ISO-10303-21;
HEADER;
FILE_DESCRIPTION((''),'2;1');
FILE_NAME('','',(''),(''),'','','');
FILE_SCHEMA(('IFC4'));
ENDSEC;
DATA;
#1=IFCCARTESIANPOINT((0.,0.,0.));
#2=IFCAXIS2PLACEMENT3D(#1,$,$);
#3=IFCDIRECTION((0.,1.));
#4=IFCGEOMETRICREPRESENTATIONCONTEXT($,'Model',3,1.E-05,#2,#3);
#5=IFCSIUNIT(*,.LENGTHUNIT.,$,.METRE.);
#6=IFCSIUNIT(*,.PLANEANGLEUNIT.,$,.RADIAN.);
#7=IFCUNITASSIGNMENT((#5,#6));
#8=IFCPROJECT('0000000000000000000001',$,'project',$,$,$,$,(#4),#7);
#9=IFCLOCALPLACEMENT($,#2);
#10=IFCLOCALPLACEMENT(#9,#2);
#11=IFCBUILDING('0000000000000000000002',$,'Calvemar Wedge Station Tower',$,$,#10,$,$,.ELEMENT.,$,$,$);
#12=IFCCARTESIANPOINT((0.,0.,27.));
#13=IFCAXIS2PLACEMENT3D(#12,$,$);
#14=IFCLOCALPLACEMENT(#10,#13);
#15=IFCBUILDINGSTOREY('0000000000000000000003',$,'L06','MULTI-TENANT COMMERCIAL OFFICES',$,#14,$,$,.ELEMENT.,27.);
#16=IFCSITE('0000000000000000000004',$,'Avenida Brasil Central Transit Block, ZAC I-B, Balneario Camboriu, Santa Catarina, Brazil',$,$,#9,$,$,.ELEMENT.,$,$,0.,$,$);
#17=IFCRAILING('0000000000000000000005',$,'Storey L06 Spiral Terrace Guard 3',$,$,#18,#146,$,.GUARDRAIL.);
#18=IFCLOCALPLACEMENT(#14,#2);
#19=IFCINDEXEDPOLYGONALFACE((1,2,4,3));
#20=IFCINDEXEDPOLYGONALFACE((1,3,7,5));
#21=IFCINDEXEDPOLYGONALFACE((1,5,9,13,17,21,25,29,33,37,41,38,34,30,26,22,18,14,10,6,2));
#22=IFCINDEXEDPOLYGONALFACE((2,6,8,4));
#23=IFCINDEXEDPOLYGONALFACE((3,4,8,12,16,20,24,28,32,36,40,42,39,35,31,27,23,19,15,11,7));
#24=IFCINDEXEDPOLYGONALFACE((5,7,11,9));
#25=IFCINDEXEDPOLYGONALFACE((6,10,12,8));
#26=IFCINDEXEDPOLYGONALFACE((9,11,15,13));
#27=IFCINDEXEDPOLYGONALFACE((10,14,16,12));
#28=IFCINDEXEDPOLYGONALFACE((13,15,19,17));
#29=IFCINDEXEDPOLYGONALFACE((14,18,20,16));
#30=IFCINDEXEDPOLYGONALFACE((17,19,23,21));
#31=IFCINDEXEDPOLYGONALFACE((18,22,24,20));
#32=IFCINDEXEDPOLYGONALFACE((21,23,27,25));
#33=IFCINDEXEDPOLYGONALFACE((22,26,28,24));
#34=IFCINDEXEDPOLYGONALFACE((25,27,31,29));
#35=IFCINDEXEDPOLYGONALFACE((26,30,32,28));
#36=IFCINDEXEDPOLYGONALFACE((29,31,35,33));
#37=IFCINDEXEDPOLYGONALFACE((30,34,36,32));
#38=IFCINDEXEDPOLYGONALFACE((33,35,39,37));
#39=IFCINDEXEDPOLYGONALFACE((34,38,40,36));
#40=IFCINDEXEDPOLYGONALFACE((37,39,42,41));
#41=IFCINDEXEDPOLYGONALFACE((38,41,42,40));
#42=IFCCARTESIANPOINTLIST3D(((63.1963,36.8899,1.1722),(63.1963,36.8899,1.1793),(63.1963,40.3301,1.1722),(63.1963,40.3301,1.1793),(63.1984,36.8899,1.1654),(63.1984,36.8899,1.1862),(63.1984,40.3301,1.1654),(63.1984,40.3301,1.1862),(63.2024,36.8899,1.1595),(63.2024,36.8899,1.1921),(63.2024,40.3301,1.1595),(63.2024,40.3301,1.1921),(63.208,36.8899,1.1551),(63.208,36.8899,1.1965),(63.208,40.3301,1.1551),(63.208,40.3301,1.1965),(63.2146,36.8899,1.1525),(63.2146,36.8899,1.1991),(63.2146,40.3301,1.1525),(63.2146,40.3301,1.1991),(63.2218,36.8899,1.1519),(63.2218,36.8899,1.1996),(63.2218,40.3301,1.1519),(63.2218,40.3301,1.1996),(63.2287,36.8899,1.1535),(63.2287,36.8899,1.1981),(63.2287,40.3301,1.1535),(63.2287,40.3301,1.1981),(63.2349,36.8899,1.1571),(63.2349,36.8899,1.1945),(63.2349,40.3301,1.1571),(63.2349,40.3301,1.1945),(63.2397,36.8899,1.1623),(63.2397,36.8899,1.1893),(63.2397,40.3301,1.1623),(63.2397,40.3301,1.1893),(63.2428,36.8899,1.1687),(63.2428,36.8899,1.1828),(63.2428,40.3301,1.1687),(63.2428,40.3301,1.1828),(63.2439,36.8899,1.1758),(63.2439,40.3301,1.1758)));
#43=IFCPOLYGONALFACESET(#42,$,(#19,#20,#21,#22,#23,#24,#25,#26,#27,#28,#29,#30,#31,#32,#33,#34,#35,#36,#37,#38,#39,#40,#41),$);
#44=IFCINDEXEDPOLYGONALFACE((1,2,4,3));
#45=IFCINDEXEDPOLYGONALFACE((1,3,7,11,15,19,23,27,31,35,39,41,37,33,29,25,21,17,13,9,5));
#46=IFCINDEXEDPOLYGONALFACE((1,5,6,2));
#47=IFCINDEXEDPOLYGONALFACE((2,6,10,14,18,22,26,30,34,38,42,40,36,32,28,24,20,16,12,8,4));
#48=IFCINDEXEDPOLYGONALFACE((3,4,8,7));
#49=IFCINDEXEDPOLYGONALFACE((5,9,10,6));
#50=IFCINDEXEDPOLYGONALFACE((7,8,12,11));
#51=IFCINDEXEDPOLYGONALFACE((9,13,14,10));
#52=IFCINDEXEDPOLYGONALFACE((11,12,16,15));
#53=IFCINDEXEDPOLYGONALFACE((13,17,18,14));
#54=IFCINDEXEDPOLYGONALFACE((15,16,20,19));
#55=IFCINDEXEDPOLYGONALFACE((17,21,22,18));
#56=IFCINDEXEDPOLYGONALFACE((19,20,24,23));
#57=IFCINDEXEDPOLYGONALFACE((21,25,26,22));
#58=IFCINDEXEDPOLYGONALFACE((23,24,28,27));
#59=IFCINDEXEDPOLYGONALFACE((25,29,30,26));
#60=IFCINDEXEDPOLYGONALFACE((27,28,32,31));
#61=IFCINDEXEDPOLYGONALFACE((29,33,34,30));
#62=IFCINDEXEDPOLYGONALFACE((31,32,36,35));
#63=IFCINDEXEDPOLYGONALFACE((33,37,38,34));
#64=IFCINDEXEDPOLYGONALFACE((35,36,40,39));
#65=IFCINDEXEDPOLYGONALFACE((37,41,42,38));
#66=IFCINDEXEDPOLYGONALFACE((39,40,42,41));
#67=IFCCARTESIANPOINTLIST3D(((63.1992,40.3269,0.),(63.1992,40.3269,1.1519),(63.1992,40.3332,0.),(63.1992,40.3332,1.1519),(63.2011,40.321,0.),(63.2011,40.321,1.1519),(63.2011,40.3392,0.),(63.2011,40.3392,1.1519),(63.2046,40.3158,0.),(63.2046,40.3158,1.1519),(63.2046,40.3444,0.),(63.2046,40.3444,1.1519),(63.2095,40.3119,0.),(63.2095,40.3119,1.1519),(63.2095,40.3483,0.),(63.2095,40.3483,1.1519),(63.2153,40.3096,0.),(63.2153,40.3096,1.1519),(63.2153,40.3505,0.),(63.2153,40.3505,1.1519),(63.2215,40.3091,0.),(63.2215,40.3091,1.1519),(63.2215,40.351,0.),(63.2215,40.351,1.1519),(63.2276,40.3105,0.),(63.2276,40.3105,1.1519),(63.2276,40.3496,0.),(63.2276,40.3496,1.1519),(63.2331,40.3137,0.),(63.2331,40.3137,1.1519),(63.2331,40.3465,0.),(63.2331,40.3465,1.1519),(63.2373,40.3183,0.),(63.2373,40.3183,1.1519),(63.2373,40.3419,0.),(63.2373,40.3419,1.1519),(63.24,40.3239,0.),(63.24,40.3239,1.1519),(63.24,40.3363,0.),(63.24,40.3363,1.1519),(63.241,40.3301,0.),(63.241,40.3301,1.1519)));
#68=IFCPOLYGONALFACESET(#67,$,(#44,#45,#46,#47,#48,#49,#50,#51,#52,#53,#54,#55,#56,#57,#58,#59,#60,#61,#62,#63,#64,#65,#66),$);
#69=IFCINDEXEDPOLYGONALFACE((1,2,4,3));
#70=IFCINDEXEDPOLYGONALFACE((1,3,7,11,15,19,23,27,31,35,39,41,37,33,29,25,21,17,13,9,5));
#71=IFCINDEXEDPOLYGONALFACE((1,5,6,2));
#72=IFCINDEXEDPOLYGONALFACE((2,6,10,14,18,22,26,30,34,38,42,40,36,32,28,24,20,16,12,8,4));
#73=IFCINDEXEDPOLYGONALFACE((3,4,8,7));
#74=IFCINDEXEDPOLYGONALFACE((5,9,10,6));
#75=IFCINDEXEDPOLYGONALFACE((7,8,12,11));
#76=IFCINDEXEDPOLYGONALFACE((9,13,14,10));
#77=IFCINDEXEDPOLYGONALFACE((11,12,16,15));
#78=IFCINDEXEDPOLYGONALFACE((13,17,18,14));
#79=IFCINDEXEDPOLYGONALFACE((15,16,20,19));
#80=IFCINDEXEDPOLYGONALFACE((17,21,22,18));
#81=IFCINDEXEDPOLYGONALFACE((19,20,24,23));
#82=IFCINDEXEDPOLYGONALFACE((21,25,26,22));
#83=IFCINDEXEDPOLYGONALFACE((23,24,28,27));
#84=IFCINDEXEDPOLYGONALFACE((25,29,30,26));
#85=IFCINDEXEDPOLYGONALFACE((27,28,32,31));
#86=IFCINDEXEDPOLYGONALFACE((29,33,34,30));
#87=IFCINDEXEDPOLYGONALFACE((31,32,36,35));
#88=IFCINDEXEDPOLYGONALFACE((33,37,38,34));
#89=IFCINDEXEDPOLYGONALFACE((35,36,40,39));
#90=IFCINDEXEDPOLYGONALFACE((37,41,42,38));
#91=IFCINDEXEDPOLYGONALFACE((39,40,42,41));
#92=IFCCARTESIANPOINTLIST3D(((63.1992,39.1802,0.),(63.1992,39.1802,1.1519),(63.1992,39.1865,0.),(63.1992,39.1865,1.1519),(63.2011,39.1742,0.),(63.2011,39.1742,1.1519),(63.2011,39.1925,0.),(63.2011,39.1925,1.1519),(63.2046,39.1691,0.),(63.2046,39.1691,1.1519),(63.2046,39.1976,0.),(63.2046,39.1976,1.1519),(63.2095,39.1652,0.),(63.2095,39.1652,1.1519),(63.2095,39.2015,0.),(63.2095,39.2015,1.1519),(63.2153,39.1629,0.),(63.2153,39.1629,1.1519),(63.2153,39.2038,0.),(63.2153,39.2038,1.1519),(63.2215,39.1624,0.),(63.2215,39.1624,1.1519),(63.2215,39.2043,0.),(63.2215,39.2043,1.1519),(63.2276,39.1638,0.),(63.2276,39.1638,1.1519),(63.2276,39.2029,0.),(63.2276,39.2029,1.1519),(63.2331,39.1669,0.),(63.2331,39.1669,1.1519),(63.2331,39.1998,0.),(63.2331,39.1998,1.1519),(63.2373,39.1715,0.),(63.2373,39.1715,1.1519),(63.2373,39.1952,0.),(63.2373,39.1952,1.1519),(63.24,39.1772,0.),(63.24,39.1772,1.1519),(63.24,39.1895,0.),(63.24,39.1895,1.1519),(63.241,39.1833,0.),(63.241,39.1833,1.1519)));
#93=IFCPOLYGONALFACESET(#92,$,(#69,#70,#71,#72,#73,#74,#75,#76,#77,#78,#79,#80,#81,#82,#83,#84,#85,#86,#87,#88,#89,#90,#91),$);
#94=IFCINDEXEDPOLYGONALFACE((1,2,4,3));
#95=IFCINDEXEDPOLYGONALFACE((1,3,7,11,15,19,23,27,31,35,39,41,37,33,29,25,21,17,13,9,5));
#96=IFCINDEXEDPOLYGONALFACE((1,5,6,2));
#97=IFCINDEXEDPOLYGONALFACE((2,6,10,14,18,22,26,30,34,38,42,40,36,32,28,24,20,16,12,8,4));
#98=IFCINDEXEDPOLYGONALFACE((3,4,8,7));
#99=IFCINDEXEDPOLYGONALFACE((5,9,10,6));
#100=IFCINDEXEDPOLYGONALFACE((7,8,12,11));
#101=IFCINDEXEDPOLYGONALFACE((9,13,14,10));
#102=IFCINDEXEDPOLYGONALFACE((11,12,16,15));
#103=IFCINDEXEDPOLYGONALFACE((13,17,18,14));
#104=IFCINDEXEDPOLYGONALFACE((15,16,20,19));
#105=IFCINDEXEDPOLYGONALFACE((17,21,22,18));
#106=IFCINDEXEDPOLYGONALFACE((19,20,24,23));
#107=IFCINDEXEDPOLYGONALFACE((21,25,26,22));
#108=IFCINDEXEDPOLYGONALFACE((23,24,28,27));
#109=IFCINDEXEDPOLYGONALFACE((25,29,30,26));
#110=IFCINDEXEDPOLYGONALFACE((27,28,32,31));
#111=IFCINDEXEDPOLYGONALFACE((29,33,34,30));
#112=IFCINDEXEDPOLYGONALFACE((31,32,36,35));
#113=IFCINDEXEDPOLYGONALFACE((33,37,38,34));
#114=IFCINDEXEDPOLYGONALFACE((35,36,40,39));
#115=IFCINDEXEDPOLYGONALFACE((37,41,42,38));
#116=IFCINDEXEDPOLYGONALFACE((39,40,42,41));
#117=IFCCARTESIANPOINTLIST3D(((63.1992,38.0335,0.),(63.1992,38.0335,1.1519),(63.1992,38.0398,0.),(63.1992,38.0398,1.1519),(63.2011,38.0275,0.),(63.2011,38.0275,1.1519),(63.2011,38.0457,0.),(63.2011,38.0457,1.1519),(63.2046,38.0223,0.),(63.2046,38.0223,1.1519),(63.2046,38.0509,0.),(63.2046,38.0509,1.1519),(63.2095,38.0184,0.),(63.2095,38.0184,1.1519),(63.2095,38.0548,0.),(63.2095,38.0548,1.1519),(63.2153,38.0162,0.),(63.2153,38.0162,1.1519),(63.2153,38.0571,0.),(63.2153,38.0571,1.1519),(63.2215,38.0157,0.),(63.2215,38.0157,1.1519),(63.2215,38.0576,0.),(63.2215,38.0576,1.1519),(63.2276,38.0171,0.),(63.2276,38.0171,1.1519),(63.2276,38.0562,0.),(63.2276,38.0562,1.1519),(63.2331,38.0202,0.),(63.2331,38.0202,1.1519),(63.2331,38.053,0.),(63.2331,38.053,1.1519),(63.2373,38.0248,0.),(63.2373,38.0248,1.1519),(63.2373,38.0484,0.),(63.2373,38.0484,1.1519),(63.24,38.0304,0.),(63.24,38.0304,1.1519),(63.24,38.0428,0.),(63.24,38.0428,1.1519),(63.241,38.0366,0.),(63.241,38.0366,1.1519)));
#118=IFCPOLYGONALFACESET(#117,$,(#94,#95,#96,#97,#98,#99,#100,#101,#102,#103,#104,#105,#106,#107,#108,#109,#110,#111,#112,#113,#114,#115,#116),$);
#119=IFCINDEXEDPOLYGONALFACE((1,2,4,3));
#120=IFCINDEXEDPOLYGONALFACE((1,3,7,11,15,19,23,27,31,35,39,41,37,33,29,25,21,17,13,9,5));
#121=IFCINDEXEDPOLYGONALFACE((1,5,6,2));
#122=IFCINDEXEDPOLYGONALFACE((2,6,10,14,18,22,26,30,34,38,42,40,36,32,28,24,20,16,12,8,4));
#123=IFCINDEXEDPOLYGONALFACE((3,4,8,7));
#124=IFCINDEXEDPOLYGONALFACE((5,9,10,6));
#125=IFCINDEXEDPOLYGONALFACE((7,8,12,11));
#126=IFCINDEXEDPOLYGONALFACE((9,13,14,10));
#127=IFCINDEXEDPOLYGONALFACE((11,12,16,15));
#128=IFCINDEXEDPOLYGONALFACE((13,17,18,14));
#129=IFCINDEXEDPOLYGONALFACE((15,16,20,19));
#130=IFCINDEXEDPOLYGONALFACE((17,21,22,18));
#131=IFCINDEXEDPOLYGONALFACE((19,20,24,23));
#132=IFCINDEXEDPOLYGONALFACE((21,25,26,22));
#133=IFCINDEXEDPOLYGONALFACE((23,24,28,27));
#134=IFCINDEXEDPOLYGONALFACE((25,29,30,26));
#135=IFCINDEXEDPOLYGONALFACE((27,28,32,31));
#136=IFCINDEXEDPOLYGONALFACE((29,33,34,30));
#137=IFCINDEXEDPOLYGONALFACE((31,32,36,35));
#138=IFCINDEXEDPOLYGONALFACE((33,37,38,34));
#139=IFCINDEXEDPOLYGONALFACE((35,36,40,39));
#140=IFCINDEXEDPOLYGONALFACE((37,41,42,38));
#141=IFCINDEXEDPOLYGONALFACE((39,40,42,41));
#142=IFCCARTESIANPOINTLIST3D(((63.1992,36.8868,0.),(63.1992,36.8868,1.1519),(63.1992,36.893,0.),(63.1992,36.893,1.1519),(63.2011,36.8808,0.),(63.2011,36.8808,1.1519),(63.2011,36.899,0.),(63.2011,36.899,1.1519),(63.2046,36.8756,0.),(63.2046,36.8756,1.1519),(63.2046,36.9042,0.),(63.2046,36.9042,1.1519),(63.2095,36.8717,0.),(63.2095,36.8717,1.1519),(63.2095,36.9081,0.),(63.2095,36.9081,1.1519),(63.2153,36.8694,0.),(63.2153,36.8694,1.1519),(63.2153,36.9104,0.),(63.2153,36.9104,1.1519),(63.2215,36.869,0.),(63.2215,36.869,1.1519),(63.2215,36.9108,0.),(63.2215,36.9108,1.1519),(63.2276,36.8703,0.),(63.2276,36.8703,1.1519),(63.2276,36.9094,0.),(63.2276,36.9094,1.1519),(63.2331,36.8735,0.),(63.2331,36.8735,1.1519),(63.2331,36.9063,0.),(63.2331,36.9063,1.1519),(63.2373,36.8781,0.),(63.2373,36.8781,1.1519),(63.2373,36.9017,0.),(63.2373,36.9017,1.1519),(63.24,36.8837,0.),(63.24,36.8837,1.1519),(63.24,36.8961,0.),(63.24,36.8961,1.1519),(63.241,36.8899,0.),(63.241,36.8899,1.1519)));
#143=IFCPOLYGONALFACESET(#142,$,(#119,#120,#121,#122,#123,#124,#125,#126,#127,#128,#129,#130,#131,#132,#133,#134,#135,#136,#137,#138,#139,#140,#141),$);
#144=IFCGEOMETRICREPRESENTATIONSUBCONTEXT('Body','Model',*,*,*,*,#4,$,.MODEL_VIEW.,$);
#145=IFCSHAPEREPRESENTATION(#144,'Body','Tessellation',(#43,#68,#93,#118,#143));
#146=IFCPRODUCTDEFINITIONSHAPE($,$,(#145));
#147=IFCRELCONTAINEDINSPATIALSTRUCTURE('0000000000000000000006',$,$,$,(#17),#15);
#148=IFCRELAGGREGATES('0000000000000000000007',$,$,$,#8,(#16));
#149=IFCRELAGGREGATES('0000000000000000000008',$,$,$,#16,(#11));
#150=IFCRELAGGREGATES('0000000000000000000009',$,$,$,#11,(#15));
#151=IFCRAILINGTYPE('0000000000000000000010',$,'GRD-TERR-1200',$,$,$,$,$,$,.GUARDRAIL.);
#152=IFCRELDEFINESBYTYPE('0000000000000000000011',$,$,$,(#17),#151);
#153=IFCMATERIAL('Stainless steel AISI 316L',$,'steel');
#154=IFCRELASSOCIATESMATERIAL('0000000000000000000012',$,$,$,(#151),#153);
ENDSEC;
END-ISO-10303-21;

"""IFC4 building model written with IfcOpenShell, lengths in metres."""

from ifc_helpers import new_model, si_unit, direction, frame, origin, origin_2d, place, context, subcontext, project, spatial, circle, extrude, material, type_object, element, save


model = new_model("IFC4")

# Units and contexts
model_context = context("Model", 3, precision=1e-05, world=origin(), true_north=direction((0.0, 1.0)))
body_context = subcontext(model_context, "Body", "Model", "MODEL_VIEW")
ifc_project = project(units=[si_unit("LENGTHUNIT", "METRE"), si_unit("PLANEANGLEUNIT", "RADIAN")], contexts=[model_context])

# Site, building, storey
site_placement = place(None, origin())
site = spatial("IfcSite", under=ifc_project, at=site_placement, Name="Avenida Brasil Central Transit Block, ZAC I-B, Balneario Camboriu, Santa Catarina, Brazil", CompositionType="ELEMENT", RefElevation=0.0)
building_placement = place(site_placement, origin())
building = spatial("IfcBuilding", under=site, at=building_placement, Name="Calvemar Wedge Station Tower", CompositionType="ELEMENT")
storey_placement = place(building_placement, frame((0.0, 0.0, 27.0)))
storey = spatial("IfcBuildingStorey", under=building, at=storey_placement, Name="L06", Description="MULTI-TENANT COMMERCIAL OFFICES", CompositionType="ELEMENT", Elevation=27.0)

# Railing
ifc_material_1 = material(Name="Stainless steel AISI 316L", Category="steel")
railing_type = type_object("IfcRailingType", Name="GRD-TERR-1200", PredefinedType="GUARDRAIL", material=ifc_material_1)
railing_1_placement = place(storey_placement, frame((63.22, 40.3301, 0.0)))
element("IfcRailing", 1, at=railing_1_placement, inside=storey, type_object=railing_type, Name="Storey L06 Spiral Terrace Guard 3", PredefinedType="GUARDRAIL", context=body_context, shape_type="SweptSolid", body=[
    extrude(circle(Radius=0.0239, at=origin_2d()), frame((0.0, 0.0, 1.1758), z_axis=(0.0, -1.0, 0.0), x_axis=(1.0, 0.0, 0.0)), (0.0, 0.0, 1.0), 3.4402),
    extrude(circle(Radius=0.021, at=origin_2d()), origin(), (0.0, 0.0, 1.0), 1.1519),
    extrude(circle(Radius=0.021, at=origin_2d()), frame((0.0, -1.1467, 0.0)), (0.0, 0.0, 1.0), 1.1519),
    extrude(circle(Radius=0.021, at=origin_2d()), frame((0.0, -2.2935, 0.0)), (0.0, 0.0, 1.0), 1.1519),
    extrude(circle(Radius=0.021, at=origin_2d()), frame((0.0, -3.4402, 0.0)), (0.0, 0.0, 1.0), 1.1519),
])

save(model, "model.ifc")
